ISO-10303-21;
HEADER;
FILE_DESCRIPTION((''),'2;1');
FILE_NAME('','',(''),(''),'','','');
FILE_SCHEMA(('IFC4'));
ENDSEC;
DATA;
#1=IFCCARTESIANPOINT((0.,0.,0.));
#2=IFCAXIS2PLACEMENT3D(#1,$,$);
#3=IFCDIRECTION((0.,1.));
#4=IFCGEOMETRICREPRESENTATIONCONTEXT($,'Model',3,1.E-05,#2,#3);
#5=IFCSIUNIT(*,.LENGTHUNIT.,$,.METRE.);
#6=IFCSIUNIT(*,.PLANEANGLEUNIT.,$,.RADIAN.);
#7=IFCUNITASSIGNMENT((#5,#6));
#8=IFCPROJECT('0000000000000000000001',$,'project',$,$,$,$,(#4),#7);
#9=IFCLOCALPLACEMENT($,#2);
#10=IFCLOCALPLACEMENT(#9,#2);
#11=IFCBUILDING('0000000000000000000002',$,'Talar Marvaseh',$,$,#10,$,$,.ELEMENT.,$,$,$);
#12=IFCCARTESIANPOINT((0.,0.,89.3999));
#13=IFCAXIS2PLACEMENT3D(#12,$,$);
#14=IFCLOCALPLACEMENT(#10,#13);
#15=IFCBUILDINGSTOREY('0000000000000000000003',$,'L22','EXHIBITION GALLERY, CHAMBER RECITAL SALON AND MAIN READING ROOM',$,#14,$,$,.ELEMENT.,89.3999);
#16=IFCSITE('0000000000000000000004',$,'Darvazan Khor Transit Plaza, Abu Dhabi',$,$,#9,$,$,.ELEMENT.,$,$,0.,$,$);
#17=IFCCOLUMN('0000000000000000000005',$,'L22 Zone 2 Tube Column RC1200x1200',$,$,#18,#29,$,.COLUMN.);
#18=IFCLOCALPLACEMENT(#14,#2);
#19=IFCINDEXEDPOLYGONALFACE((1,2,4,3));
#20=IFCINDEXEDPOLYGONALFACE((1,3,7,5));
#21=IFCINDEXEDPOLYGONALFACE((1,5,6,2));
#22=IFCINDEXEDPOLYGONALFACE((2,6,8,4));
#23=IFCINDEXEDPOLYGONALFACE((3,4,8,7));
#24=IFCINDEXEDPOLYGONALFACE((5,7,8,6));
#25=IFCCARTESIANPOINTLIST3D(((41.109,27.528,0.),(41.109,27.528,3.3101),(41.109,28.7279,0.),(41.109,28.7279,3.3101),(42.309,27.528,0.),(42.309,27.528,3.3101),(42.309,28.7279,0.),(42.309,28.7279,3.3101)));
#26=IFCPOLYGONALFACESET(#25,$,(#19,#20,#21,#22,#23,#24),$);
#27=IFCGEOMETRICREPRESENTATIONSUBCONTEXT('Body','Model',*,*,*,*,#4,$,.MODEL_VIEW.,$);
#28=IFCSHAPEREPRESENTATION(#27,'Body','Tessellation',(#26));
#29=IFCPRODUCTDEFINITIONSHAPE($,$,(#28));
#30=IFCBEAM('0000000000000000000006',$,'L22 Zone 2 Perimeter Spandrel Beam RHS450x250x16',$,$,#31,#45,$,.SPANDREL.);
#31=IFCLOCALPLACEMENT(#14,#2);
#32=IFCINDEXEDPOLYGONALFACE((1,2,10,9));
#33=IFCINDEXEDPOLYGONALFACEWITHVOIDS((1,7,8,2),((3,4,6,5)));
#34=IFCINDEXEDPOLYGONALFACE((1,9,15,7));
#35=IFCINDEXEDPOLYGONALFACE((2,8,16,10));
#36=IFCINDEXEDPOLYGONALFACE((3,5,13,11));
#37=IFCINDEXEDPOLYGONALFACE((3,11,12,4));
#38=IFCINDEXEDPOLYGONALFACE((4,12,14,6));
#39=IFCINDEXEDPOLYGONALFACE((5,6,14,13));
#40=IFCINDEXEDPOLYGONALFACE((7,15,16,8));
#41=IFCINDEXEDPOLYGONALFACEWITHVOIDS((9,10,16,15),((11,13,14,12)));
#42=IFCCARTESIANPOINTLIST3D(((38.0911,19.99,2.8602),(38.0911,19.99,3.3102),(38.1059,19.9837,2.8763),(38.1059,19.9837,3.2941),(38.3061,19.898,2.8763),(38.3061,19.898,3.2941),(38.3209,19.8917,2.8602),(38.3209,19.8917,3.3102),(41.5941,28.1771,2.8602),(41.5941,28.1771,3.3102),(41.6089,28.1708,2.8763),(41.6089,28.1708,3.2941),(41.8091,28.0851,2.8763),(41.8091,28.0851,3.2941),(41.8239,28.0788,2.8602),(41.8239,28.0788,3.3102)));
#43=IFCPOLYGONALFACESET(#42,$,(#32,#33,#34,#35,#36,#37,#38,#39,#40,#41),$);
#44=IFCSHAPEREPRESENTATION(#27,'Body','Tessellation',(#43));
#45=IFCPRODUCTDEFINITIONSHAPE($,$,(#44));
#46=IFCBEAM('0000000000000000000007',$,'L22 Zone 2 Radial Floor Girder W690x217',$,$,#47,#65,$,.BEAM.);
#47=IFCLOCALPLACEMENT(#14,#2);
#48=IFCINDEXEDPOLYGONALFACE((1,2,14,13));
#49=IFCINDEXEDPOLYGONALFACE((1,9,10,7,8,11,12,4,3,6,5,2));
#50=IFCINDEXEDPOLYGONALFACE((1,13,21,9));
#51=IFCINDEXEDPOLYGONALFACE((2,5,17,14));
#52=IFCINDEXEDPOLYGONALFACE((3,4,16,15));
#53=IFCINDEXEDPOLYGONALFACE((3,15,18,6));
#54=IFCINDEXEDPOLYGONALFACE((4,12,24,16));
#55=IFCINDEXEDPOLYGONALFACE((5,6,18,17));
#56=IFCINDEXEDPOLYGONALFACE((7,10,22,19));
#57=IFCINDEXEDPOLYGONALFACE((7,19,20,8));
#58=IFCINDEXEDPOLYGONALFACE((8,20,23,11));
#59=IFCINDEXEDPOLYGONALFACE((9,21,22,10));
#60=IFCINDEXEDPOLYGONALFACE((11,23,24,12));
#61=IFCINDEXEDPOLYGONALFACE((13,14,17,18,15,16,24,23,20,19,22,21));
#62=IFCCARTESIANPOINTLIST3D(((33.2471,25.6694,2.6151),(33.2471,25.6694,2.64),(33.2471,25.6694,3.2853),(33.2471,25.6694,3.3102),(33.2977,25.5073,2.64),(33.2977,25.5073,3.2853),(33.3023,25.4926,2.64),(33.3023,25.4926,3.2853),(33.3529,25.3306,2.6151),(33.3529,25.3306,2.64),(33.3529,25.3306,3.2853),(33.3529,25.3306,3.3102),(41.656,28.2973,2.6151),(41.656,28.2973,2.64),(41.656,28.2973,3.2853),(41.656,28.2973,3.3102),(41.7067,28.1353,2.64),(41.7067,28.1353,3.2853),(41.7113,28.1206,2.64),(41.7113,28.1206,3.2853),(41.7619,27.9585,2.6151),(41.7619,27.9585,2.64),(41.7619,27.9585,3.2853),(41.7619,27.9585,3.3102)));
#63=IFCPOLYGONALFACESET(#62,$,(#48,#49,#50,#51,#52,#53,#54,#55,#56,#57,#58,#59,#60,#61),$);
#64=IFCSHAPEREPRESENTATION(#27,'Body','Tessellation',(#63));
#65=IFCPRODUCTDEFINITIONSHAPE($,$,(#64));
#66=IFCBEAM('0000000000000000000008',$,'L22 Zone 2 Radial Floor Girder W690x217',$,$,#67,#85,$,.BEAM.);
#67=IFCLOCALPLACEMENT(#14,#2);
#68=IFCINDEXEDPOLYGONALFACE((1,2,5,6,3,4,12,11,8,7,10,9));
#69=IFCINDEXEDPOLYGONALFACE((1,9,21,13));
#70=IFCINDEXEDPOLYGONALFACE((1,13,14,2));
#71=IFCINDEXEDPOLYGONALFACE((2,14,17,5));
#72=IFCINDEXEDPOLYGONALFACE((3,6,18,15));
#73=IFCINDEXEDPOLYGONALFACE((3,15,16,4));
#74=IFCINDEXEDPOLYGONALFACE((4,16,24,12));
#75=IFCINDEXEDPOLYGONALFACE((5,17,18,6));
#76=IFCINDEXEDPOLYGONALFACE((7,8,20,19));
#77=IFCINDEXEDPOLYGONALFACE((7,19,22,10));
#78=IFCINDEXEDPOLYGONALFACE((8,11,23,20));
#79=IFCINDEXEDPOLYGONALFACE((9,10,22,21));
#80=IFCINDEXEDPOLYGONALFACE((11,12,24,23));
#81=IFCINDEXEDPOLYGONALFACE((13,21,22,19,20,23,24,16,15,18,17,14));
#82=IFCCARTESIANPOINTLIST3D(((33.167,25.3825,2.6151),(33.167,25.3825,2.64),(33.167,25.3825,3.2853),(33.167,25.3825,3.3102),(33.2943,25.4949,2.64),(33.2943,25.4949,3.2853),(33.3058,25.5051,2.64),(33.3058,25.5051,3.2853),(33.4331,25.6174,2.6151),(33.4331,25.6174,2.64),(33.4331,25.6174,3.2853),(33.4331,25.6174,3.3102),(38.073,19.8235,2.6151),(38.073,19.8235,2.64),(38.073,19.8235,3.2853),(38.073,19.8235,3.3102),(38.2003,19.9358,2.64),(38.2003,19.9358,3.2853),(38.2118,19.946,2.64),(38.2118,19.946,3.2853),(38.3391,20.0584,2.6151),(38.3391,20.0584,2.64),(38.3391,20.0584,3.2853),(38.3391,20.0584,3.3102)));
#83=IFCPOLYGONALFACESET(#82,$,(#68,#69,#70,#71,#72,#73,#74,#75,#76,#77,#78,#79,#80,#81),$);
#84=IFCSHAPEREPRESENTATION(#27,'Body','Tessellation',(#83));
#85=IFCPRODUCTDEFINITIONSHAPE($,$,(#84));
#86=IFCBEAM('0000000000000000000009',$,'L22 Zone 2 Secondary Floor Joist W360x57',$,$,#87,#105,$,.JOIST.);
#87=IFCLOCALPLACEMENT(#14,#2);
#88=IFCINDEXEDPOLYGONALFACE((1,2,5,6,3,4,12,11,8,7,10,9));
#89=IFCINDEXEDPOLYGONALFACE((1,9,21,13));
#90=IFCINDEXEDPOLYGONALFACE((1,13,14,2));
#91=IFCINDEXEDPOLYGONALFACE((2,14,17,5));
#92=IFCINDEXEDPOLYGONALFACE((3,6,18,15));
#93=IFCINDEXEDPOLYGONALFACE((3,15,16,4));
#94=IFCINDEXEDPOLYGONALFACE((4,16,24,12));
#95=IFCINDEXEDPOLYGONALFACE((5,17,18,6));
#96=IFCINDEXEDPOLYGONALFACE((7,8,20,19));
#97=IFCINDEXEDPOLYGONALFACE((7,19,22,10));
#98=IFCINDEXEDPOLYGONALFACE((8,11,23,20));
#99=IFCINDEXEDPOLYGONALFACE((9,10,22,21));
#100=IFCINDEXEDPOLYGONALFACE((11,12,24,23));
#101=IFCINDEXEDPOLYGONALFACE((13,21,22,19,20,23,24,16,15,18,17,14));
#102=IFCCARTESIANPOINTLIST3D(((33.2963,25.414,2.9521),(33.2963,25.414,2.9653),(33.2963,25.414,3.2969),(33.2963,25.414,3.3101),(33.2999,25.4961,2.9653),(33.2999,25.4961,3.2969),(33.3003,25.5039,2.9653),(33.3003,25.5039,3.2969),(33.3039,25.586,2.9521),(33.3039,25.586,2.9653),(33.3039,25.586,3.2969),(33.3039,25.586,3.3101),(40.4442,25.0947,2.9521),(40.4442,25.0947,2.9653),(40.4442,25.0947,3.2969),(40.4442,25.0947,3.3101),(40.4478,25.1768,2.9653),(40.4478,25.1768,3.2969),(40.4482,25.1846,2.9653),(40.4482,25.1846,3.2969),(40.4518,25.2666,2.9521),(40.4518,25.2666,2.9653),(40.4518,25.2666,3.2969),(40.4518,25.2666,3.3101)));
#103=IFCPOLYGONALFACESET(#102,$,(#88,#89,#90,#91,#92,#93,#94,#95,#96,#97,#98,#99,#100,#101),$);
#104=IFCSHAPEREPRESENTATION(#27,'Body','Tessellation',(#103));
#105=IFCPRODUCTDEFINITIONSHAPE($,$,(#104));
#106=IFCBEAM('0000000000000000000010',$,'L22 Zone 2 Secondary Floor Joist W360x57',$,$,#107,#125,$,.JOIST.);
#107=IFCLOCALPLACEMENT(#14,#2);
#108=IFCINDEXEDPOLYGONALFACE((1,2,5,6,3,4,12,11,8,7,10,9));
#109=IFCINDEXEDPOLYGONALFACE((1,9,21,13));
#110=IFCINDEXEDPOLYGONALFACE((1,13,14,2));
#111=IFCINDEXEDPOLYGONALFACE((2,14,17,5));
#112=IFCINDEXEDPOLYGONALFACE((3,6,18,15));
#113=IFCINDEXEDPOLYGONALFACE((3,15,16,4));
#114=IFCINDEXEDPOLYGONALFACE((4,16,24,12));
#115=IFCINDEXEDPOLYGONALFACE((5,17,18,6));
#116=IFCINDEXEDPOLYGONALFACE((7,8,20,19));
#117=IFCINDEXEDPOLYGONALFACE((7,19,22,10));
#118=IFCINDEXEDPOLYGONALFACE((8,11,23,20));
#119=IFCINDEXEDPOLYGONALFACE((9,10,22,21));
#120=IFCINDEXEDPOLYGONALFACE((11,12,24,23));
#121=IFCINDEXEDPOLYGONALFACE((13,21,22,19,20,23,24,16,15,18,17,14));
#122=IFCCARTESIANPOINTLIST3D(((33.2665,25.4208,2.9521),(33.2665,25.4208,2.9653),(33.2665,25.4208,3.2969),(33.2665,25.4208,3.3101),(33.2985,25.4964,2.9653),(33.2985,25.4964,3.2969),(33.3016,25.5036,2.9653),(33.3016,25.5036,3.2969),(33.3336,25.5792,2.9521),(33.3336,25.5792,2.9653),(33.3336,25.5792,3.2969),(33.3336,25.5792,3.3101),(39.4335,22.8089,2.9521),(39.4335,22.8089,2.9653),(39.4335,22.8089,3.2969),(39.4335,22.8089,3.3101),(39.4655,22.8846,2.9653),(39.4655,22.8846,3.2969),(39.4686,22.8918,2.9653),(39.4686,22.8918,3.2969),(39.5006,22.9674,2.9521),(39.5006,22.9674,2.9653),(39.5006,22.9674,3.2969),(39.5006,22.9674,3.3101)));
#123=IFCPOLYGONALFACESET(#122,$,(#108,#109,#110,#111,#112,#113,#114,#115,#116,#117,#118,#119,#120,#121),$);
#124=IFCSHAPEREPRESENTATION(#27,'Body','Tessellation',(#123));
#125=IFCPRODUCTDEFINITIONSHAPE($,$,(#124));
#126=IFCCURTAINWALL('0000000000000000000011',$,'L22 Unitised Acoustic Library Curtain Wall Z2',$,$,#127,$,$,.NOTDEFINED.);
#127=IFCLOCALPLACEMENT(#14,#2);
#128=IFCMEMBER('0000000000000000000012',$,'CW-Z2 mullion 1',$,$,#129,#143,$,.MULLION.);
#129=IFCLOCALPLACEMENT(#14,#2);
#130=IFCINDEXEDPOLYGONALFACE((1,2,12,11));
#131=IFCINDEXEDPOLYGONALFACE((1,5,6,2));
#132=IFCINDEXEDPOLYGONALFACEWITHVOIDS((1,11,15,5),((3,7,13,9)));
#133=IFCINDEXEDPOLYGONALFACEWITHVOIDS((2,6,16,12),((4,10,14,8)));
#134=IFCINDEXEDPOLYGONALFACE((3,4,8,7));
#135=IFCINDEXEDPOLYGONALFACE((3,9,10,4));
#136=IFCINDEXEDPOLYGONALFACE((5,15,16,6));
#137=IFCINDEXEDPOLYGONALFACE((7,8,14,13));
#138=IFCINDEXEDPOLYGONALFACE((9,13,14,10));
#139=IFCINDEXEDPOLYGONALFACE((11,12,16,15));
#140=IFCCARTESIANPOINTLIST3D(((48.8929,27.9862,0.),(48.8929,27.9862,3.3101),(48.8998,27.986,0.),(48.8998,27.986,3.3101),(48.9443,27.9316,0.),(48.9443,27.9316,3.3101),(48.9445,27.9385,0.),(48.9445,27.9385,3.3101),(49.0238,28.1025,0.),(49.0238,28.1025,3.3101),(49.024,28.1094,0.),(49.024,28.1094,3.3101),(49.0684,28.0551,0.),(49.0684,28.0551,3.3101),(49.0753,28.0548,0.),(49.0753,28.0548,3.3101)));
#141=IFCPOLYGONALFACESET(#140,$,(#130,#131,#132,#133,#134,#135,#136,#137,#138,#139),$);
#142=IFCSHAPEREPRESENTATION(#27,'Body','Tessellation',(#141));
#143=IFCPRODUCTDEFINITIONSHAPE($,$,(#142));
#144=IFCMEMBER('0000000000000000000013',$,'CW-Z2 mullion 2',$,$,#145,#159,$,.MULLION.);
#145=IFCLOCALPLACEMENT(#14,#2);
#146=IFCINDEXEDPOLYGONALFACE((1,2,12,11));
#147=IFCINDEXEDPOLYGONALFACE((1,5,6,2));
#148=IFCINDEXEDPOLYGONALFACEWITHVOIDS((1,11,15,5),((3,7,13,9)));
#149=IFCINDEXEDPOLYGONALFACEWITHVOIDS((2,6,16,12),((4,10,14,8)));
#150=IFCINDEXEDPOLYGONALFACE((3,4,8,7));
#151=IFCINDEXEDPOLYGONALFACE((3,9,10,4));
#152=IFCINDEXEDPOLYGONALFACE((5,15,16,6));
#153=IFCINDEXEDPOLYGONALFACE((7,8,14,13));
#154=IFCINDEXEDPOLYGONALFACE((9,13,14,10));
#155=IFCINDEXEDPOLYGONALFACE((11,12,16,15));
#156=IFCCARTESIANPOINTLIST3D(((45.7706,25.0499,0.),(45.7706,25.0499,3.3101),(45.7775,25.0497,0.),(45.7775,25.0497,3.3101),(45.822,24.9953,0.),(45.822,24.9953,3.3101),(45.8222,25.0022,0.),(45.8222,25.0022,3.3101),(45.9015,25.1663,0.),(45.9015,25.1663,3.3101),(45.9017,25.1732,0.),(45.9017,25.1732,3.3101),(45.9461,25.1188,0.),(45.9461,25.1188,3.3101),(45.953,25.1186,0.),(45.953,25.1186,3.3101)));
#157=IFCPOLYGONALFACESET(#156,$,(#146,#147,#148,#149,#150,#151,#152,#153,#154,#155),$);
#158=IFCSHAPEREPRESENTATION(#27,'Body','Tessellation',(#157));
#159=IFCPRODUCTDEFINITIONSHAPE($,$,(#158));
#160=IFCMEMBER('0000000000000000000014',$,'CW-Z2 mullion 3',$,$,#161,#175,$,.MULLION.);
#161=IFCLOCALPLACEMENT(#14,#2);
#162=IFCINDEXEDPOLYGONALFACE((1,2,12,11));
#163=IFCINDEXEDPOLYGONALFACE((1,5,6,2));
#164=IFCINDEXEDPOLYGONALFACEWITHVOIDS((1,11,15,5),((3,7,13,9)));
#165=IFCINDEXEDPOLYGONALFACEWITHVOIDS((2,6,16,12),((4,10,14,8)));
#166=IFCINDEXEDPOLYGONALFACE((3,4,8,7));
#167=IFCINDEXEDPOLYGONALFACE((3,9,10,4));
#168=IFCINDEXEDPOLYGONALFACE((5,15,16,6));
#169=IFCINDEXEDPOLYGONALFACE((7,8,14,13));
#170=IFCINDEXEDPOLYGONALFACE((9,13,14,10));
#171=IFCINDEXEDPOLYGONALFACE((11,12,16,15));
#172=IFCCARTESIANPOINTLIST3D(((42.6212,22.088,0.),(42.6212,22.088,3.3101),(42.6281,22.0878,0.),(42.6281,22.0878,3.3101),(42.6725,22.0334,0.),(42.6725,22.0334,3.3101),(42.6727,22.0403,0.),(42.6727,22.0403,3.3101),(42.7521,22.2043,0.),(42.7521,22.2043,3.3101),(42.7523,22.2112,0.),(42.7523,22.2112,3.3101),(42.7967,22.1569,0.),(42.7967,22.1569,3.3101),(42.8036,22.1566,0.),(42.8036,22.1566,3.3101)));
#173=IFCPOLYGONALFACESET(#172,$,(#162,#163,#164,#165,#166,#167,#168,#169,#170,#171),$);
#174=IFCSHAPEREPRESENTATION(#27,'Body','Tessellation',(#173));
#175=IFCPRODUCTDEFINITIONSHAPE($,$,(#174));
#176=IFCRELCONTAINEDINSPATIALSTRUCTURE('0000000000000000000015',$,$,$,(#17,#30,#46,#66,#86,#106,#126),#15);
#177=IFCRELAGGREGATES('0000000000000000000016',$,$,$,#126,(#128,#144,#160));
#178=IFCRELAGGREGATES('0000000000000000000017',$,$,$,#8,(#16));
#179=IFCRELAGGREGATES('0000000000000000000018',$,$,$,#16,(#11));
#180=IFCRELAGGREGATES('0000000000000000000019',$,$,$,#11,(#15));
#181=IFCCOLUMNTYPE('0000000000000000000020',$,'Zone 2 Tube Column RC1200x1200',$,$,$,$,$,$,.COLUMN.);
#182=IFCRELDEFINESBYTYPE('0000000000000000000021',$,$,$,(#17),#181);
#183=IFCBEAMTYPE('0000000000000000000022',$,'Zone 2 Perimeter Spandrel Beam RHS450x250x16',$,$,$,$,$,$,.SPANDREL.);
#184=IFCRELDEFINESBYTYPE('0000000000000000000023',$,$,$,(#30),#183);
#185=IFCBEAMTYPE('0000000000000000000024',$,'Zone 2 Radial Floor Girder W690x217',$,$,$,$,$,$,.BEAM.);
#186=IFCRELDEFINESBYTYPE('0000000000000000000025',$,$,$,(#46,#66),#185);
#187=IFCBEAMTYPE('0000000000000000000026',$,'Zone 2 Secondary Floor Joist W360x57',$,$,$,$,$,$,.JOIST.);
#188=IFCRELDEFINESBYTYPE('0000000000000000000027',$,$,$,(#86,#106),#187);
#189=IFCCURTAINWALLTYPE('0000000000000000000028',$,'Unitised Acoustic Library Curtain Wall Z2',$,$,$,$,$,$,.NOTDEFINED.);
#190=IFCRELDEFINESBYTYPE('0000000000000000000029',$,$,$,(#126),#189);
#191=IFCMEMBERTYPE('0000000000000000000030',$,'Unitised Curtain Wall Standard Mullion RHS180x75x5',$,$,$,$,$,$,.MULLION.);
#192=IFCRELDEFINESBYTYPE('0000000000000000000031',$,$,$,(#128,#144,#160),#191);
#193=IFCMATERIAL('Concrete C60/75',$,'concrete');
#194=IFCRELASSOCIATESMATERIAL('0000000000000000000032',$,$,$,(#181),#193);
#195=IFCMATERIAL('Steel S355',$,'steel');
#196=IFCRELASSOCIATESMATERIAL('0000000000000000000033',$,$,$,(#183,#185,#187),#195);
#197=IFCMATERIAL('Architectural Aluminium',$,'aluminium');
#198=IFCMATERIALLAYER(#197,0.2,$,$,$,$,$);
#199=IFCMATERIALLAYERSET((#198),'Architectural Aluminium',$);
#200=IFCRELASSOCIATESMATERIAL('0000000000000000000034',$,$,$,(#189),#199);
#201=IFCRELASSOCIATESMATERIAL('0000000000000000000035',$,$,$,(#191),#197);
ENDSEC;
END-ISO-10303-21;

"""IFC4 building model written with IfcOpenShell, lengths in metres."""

from ifc_helpers import new_model, si_unit, direction, frame, origin, origin_2d, place, context, subcontext, project, spatial, rectangle, hollow_rectangle, i_section, extrude, source, transform, mapped, material, layer, layer_set, material_profile, profile_set, type_object, type_shapes, element, aggregate, save


model = new_model("IFC4")

# Units and contexts
model_context = context("Model", 3, precision=1e-05, world=origin(), true_north=direction((0.0, 1.0)))
body_context = subcontext(model_context, "Body", "Model", "MODEL_VIEW")
ifc_project = project(units=[si_unit("LENGTHUNIT", "METRE"), si_unit("PLANEANGLEUNIT", "RADIAN")], contexts=[model_context])

# Site, building, storey
site_placement = place(None, origin())
site = spatial("IfcSite", under=ifc_project, at=site_placement, Name="Darvazan Khor Transit Plaza, Abu Dhabi", CompositionType="ELEMENT", RefElevation=0.0)
building_placement = place(site_placement, origin())
building = spatial("IfcBuilding", under=site, at=building_placement, Name="Talar Marvaseh", CompositionType="ELEMENT")
storey_placement = place(building_placement, frame((0.0, 0.0, 89.3999)))
storey = spatial("IfcBuildingStorey", under=building, at=storey_placement, Name="L22", Description="EXHIBITION GALLERY, CHAMBER RECITAL SALON AND MAIN READING ROOM", CompositionType="ELEMENT", Elevation=89.3999)

# Column
ifc_material_1 = material(Name="Concrete C60/75", Category="concrete")
ifc_material_profile_1 = material_profile(ifc_material_1, rectangle(XDim=1.2, YDim=1.2, at=origin_2d()), Name="RC1200x1200")
ifc_profile_set_1 = profile_set([ifc_material_profile_1], Name="Concrete C60/75")
column_type = type_object("IfcColumnType", Name="Zone 2 Tube Column RC1200x1200", PredefinedType="COLUMN", material=ifc_profile_set_1)
column_placement = place(storey_placement, frame((41.709, 28.1279, 0.0), z_axis=(0.0, 0.0, 1.0), x_axis=(1.0, 0.0, 0.0)))
element("IfcColumn", 1, at=column_placement, inside=storey, type_object=column_type, Name="L22 Zone 2 Tube Column RC1200x1200", PredefinedType="COLUMN", context=body_context, shape_type="SweptSolid", body=[
    extrude(rectangle(XDim=1.2, YDim=1.2, at=origin_2d()), origin(), (0.0, 0.0, 1.0), 3.3101),
])

# Beams
ifc_material_2 = material(Name="Steel S355", Category="steel")
ifc_material_profile_2 = material_profile(ifc_material_2, hollow_rectangle(XDim=0.25, YDim=0.45, WallThickness=0.0161, at=origin_2d()), Name="RHS450x250x16")
ifc_profile_set_2 = profile_set([ifc_material_profile_2], Name="Steel S355")
beam_type_1 = type_object("IfcBeamType", Name="Zone 2 Perimeter Spandrel Beam RHS450x250x16", PredefinedType="SPANDREL", material=ifc_profile_set_2)
beam_1_placement = place(storey_placement, frame((41.709, 28.1279, 3.0852), z_axis=(-0.39337, -0.91938, 0.0), x_axis=(0.91938, -0.39337, 0.0)))
element("IfcBeam", 2, at=beam_1_placement, inside=storey, type_object=beam_type_1, Name="L22 Zone 2 Perimeter Spandrel Beam RHS450x250x16", PredefinedType="SPANDREL", context=body_context, shape_type="SweptSolid", body=[
    extrude(hollow_rectangle(XDim=0.25, YDim=0.45, WallThickness=0.0161, at=origin_2d()), origin(), (0.0, 0.0, 1.0), 8.905),
])
ifc_material_profile_3 = material_profile(ifc_material_2, i_section(OverallWidth=0.355, OverallDepth=0.6951, WebThickness=0.0154, FlangeThickness=0.0249, at=origin_2d()), Name="W690x217")
ifc_profile_set_3 = profile_set([ifc_material_profile_3], Name="Steel S355")
beam_type_2 = type_object("IfcBeamType", Name="Zone 2 Radial Floor Girder W690x217", PredefinedType="BEAM", material=ifc_profile_set_3)
beam_2_placement = place(storey_placement, frame((41.709, 28.1279, 2.9626), z_axis=(-0.954476, -0.298289, 0.0), x_axis=(0.298289, -0.954476, 0.0)))
element("IfcBeam", 3, at=beam_2_placement, inside=storey, type_object=beam_type_2, Name="L22 Zone 2 Radial Floor Girder W690x217", PredefinedType="BEAM", context=body_context, shape_type="SweptSolid", body=[
    extrude(i_section(OverallWidth=0.355, OverallDepth=0.6951, WebThickness=0.0154, FlangeThickness=0.0249, at=origin_2d()), origin(), (0.0, 0.0, 1.0), 8.8101),
])
beam_3_placement = place(storey_placement, frame((38.2061, 19.9409, 2.9626), z_axis=(-0.661692, 0.749775, 0.0), x_axis=(-0.749775, -0.661692, 0.0)))
element("IfcBeam", 4, at=beam_3_placement, inside=storey, type_object=beam_type_2, Name="L22 Zone 2 Radial Floor Girder W690x217", PredefinedType="BEAM", context=body_context, shape_type="SweptSolid", body=[
    extrude(i_section(OverallWidth=0.355, OverallDepth=0.6951, WebThickness=0.0154, FlangeThickness=0.0249, at=origin_2d()), origin(), (0.0, 0.0, 1.0), 7.4143),
])
ifc_material_profile_4 = material_profile(ifc_material_2, i_section(OverallWidth=0.1721, OverallDepth=0.3579, WebThickness=0.0078, FlangeThickness=0.0132, at=origin_2d()), Name="W360x57")
ifc_profile_set_4 = profile_set([ifc_material_profile_4], Name="Steel S355")
beam_type_3 = type_object("IfcBeamType", Name="Zone 2 Secondary Floor Joist W360x57", PredefinedType="JOIST", material=ifc_profile_set_4)
beam_4_placement = place(storey_placement, frame((40.448, 25.1807, 3.1311), z_axis=(-0.999004, 0.044631, 0.0), x_axis=(-0.044631, -0.999004, 0.0)))
element("IfcBeam", 5, at=beam_4_placement, inside=storey, type_object=beam_type_3, Name="L22 Zone 2 Secondary Floor Joist W360x57", PredefinedType="JOIST", context=body_context, shape_type="SweptSolid", body=[
    extrude(i_section(OverallWidth=0.1721, OverallDepth=0.3579, WebThickness=0.0078, FlangeThickness=0.0132, at=origin_2d()), origin(), (0.0, 0.0, 1.0), 7.155),
])
beam_5_placement = place(storey_placement, frame((39.467, 22.8882, 3.1311), z_axis=(-0.920822, 0.389982, 0.0), x_axis=(-0.389982, -0.920822, 0.0)))
element("IfcBeam", 6, at=beam_5_placement, inside=storey, type_object=beam_type_3, Name="L22 Zone 2 Secondary Floor Joist W360x57", PredefinedType="JOIST", context=body_context, shape_type="SweptSolid", body=[
    extrude(i_section(OverallWidth=0.1721, OverallDepth=0.3579, WebThickness=0.0078, FlangeThickness=0.0132, at=origin_2d()), origin(), (0.0, 0.0, 1.0), 6.6973),
])

# Curtain wall, members
ifc_material_3 = material(Name="Architectural Aluminium", Category="aluminium")
ifc_layer_1 = layer(ifc_material_3, 0.2)
ifc_layer_set_1 = layer_set([ifc_layer_1], Name="Architectural Aluminium")
curtain_wall_type = type_object("IfcCurtainWallType", Name="Unitised Acoustic Library Curtain Wall Z2", PredefinedType="NOTDEFINED", material=ifc_layer_set_1)
curtain_wall_placement = place(storey_placement, origin())
curtain_wall = element("IfcCurtainWall", 7, at=curtain_wall_placement, inside=storey, type_object=curtain_wall_type, Name="L22 Unitised Acoustic Library Curtain Wall Z2", PredefinedType="NOTDEFINED")
ifc_material_profile_5 = material_profile(ifc_material_3, hollow_rectangle(XDim=0.075, YDim=0.1799, WallThickness=0.0049, at=origin_2d()), Name="RHS180x75x5")
ifc_profile_set_5 = profile_set([ifc_material_profile_5], Name="Architectural Aluminium")
member_type_1 = type_object("IfcMemberType", Name="Unitised Curtain Wall Standard Mullion RHS180x75x5", PredefinedType="MULLION", material=ifc_profile_set_5)
shared_shape_1 = source(origin(), body_context, "Body", "SweptSolid", [
    extrude(hollow_rectangle(XDim=0.075, YDim=0.1799, WallThickness=0.0049, at=origin_2d()), origin(), (0.0, 0.0, 1.0), 3.3101),
])
type_shapes(member_type_1, [shared_shape_1])
member_1_placement = place(storey_placement, frame((48.9841, 28.0205, 0.0), z_axis=(0.0, 0.0, 1.0), x_axis=(0.685069, -0.728478, 0.0)))
member_1 = element("IfcMember", 8, at=member_1_placement, type_object=member_type_1, Name="CW-Z2 mullion 1", PredefinedType="MULLION", context=body_context, shape_type="MappedRepresentation", body=[
    mapped(shared_shape_1, transform((0.0, 0.0, 0.0), x_axis=(1.0, 0.0, 0.0), y_axis=(0.0, 1.0, 0.0), z_axis=(0.0, 0.0, 1.0), scale=1.0)),
])
member_2_placement = place(storey_placement, frame((45.8618, 25.0842, 0.0), z_axis=(0.0, 0.0, 1.0), x_axis=(0.685069, -0.728478, 0.0)))
member_2 = element("IfcMember", 9, at=member_2_placement, type_object=member_type_1, Name="CW-Z2 mullion 2", PredefinedType="MULLION", context=body_context, shape_type="MappedRepresentation", body=[
    mapped(shared_shape_1, transform((0.0, 0.0, 0.0), x_axis=(1.0, 0.0, 0.0), y_axis=(0.0, 1.0, 0.0), z_axis=(0.0, 0.0, 1.0), scale=1.0)),
])
member_3_placement = place(storey_placement, frame((42.7124, 22.1223, 0.0), z_axis=(0.0, 0.0, 1.0), x_axis=(0.685069, -0.728478, 0.0)))
member_3 = element("IfcMember", 10, at=member_3_placement, type_object=member_type_1, Name="CW-Z2 mullion 3", PredefinedType="MULLION", context=body_context, shape_type="MappedRepresentation", body=[
    mapped(shared_shape_1, transform((0.0, 0.0, 0.0), x_axis=(1.0, 0.0, 0.0), y_axis=(0.0, 1.0, 0.0), z_axis=(0.0, 0.0, 1.0), scale=1.0)),
])
aggregate(curtain_wall, [member_1, member_2, member_3])

save(model, "model.ifc")
